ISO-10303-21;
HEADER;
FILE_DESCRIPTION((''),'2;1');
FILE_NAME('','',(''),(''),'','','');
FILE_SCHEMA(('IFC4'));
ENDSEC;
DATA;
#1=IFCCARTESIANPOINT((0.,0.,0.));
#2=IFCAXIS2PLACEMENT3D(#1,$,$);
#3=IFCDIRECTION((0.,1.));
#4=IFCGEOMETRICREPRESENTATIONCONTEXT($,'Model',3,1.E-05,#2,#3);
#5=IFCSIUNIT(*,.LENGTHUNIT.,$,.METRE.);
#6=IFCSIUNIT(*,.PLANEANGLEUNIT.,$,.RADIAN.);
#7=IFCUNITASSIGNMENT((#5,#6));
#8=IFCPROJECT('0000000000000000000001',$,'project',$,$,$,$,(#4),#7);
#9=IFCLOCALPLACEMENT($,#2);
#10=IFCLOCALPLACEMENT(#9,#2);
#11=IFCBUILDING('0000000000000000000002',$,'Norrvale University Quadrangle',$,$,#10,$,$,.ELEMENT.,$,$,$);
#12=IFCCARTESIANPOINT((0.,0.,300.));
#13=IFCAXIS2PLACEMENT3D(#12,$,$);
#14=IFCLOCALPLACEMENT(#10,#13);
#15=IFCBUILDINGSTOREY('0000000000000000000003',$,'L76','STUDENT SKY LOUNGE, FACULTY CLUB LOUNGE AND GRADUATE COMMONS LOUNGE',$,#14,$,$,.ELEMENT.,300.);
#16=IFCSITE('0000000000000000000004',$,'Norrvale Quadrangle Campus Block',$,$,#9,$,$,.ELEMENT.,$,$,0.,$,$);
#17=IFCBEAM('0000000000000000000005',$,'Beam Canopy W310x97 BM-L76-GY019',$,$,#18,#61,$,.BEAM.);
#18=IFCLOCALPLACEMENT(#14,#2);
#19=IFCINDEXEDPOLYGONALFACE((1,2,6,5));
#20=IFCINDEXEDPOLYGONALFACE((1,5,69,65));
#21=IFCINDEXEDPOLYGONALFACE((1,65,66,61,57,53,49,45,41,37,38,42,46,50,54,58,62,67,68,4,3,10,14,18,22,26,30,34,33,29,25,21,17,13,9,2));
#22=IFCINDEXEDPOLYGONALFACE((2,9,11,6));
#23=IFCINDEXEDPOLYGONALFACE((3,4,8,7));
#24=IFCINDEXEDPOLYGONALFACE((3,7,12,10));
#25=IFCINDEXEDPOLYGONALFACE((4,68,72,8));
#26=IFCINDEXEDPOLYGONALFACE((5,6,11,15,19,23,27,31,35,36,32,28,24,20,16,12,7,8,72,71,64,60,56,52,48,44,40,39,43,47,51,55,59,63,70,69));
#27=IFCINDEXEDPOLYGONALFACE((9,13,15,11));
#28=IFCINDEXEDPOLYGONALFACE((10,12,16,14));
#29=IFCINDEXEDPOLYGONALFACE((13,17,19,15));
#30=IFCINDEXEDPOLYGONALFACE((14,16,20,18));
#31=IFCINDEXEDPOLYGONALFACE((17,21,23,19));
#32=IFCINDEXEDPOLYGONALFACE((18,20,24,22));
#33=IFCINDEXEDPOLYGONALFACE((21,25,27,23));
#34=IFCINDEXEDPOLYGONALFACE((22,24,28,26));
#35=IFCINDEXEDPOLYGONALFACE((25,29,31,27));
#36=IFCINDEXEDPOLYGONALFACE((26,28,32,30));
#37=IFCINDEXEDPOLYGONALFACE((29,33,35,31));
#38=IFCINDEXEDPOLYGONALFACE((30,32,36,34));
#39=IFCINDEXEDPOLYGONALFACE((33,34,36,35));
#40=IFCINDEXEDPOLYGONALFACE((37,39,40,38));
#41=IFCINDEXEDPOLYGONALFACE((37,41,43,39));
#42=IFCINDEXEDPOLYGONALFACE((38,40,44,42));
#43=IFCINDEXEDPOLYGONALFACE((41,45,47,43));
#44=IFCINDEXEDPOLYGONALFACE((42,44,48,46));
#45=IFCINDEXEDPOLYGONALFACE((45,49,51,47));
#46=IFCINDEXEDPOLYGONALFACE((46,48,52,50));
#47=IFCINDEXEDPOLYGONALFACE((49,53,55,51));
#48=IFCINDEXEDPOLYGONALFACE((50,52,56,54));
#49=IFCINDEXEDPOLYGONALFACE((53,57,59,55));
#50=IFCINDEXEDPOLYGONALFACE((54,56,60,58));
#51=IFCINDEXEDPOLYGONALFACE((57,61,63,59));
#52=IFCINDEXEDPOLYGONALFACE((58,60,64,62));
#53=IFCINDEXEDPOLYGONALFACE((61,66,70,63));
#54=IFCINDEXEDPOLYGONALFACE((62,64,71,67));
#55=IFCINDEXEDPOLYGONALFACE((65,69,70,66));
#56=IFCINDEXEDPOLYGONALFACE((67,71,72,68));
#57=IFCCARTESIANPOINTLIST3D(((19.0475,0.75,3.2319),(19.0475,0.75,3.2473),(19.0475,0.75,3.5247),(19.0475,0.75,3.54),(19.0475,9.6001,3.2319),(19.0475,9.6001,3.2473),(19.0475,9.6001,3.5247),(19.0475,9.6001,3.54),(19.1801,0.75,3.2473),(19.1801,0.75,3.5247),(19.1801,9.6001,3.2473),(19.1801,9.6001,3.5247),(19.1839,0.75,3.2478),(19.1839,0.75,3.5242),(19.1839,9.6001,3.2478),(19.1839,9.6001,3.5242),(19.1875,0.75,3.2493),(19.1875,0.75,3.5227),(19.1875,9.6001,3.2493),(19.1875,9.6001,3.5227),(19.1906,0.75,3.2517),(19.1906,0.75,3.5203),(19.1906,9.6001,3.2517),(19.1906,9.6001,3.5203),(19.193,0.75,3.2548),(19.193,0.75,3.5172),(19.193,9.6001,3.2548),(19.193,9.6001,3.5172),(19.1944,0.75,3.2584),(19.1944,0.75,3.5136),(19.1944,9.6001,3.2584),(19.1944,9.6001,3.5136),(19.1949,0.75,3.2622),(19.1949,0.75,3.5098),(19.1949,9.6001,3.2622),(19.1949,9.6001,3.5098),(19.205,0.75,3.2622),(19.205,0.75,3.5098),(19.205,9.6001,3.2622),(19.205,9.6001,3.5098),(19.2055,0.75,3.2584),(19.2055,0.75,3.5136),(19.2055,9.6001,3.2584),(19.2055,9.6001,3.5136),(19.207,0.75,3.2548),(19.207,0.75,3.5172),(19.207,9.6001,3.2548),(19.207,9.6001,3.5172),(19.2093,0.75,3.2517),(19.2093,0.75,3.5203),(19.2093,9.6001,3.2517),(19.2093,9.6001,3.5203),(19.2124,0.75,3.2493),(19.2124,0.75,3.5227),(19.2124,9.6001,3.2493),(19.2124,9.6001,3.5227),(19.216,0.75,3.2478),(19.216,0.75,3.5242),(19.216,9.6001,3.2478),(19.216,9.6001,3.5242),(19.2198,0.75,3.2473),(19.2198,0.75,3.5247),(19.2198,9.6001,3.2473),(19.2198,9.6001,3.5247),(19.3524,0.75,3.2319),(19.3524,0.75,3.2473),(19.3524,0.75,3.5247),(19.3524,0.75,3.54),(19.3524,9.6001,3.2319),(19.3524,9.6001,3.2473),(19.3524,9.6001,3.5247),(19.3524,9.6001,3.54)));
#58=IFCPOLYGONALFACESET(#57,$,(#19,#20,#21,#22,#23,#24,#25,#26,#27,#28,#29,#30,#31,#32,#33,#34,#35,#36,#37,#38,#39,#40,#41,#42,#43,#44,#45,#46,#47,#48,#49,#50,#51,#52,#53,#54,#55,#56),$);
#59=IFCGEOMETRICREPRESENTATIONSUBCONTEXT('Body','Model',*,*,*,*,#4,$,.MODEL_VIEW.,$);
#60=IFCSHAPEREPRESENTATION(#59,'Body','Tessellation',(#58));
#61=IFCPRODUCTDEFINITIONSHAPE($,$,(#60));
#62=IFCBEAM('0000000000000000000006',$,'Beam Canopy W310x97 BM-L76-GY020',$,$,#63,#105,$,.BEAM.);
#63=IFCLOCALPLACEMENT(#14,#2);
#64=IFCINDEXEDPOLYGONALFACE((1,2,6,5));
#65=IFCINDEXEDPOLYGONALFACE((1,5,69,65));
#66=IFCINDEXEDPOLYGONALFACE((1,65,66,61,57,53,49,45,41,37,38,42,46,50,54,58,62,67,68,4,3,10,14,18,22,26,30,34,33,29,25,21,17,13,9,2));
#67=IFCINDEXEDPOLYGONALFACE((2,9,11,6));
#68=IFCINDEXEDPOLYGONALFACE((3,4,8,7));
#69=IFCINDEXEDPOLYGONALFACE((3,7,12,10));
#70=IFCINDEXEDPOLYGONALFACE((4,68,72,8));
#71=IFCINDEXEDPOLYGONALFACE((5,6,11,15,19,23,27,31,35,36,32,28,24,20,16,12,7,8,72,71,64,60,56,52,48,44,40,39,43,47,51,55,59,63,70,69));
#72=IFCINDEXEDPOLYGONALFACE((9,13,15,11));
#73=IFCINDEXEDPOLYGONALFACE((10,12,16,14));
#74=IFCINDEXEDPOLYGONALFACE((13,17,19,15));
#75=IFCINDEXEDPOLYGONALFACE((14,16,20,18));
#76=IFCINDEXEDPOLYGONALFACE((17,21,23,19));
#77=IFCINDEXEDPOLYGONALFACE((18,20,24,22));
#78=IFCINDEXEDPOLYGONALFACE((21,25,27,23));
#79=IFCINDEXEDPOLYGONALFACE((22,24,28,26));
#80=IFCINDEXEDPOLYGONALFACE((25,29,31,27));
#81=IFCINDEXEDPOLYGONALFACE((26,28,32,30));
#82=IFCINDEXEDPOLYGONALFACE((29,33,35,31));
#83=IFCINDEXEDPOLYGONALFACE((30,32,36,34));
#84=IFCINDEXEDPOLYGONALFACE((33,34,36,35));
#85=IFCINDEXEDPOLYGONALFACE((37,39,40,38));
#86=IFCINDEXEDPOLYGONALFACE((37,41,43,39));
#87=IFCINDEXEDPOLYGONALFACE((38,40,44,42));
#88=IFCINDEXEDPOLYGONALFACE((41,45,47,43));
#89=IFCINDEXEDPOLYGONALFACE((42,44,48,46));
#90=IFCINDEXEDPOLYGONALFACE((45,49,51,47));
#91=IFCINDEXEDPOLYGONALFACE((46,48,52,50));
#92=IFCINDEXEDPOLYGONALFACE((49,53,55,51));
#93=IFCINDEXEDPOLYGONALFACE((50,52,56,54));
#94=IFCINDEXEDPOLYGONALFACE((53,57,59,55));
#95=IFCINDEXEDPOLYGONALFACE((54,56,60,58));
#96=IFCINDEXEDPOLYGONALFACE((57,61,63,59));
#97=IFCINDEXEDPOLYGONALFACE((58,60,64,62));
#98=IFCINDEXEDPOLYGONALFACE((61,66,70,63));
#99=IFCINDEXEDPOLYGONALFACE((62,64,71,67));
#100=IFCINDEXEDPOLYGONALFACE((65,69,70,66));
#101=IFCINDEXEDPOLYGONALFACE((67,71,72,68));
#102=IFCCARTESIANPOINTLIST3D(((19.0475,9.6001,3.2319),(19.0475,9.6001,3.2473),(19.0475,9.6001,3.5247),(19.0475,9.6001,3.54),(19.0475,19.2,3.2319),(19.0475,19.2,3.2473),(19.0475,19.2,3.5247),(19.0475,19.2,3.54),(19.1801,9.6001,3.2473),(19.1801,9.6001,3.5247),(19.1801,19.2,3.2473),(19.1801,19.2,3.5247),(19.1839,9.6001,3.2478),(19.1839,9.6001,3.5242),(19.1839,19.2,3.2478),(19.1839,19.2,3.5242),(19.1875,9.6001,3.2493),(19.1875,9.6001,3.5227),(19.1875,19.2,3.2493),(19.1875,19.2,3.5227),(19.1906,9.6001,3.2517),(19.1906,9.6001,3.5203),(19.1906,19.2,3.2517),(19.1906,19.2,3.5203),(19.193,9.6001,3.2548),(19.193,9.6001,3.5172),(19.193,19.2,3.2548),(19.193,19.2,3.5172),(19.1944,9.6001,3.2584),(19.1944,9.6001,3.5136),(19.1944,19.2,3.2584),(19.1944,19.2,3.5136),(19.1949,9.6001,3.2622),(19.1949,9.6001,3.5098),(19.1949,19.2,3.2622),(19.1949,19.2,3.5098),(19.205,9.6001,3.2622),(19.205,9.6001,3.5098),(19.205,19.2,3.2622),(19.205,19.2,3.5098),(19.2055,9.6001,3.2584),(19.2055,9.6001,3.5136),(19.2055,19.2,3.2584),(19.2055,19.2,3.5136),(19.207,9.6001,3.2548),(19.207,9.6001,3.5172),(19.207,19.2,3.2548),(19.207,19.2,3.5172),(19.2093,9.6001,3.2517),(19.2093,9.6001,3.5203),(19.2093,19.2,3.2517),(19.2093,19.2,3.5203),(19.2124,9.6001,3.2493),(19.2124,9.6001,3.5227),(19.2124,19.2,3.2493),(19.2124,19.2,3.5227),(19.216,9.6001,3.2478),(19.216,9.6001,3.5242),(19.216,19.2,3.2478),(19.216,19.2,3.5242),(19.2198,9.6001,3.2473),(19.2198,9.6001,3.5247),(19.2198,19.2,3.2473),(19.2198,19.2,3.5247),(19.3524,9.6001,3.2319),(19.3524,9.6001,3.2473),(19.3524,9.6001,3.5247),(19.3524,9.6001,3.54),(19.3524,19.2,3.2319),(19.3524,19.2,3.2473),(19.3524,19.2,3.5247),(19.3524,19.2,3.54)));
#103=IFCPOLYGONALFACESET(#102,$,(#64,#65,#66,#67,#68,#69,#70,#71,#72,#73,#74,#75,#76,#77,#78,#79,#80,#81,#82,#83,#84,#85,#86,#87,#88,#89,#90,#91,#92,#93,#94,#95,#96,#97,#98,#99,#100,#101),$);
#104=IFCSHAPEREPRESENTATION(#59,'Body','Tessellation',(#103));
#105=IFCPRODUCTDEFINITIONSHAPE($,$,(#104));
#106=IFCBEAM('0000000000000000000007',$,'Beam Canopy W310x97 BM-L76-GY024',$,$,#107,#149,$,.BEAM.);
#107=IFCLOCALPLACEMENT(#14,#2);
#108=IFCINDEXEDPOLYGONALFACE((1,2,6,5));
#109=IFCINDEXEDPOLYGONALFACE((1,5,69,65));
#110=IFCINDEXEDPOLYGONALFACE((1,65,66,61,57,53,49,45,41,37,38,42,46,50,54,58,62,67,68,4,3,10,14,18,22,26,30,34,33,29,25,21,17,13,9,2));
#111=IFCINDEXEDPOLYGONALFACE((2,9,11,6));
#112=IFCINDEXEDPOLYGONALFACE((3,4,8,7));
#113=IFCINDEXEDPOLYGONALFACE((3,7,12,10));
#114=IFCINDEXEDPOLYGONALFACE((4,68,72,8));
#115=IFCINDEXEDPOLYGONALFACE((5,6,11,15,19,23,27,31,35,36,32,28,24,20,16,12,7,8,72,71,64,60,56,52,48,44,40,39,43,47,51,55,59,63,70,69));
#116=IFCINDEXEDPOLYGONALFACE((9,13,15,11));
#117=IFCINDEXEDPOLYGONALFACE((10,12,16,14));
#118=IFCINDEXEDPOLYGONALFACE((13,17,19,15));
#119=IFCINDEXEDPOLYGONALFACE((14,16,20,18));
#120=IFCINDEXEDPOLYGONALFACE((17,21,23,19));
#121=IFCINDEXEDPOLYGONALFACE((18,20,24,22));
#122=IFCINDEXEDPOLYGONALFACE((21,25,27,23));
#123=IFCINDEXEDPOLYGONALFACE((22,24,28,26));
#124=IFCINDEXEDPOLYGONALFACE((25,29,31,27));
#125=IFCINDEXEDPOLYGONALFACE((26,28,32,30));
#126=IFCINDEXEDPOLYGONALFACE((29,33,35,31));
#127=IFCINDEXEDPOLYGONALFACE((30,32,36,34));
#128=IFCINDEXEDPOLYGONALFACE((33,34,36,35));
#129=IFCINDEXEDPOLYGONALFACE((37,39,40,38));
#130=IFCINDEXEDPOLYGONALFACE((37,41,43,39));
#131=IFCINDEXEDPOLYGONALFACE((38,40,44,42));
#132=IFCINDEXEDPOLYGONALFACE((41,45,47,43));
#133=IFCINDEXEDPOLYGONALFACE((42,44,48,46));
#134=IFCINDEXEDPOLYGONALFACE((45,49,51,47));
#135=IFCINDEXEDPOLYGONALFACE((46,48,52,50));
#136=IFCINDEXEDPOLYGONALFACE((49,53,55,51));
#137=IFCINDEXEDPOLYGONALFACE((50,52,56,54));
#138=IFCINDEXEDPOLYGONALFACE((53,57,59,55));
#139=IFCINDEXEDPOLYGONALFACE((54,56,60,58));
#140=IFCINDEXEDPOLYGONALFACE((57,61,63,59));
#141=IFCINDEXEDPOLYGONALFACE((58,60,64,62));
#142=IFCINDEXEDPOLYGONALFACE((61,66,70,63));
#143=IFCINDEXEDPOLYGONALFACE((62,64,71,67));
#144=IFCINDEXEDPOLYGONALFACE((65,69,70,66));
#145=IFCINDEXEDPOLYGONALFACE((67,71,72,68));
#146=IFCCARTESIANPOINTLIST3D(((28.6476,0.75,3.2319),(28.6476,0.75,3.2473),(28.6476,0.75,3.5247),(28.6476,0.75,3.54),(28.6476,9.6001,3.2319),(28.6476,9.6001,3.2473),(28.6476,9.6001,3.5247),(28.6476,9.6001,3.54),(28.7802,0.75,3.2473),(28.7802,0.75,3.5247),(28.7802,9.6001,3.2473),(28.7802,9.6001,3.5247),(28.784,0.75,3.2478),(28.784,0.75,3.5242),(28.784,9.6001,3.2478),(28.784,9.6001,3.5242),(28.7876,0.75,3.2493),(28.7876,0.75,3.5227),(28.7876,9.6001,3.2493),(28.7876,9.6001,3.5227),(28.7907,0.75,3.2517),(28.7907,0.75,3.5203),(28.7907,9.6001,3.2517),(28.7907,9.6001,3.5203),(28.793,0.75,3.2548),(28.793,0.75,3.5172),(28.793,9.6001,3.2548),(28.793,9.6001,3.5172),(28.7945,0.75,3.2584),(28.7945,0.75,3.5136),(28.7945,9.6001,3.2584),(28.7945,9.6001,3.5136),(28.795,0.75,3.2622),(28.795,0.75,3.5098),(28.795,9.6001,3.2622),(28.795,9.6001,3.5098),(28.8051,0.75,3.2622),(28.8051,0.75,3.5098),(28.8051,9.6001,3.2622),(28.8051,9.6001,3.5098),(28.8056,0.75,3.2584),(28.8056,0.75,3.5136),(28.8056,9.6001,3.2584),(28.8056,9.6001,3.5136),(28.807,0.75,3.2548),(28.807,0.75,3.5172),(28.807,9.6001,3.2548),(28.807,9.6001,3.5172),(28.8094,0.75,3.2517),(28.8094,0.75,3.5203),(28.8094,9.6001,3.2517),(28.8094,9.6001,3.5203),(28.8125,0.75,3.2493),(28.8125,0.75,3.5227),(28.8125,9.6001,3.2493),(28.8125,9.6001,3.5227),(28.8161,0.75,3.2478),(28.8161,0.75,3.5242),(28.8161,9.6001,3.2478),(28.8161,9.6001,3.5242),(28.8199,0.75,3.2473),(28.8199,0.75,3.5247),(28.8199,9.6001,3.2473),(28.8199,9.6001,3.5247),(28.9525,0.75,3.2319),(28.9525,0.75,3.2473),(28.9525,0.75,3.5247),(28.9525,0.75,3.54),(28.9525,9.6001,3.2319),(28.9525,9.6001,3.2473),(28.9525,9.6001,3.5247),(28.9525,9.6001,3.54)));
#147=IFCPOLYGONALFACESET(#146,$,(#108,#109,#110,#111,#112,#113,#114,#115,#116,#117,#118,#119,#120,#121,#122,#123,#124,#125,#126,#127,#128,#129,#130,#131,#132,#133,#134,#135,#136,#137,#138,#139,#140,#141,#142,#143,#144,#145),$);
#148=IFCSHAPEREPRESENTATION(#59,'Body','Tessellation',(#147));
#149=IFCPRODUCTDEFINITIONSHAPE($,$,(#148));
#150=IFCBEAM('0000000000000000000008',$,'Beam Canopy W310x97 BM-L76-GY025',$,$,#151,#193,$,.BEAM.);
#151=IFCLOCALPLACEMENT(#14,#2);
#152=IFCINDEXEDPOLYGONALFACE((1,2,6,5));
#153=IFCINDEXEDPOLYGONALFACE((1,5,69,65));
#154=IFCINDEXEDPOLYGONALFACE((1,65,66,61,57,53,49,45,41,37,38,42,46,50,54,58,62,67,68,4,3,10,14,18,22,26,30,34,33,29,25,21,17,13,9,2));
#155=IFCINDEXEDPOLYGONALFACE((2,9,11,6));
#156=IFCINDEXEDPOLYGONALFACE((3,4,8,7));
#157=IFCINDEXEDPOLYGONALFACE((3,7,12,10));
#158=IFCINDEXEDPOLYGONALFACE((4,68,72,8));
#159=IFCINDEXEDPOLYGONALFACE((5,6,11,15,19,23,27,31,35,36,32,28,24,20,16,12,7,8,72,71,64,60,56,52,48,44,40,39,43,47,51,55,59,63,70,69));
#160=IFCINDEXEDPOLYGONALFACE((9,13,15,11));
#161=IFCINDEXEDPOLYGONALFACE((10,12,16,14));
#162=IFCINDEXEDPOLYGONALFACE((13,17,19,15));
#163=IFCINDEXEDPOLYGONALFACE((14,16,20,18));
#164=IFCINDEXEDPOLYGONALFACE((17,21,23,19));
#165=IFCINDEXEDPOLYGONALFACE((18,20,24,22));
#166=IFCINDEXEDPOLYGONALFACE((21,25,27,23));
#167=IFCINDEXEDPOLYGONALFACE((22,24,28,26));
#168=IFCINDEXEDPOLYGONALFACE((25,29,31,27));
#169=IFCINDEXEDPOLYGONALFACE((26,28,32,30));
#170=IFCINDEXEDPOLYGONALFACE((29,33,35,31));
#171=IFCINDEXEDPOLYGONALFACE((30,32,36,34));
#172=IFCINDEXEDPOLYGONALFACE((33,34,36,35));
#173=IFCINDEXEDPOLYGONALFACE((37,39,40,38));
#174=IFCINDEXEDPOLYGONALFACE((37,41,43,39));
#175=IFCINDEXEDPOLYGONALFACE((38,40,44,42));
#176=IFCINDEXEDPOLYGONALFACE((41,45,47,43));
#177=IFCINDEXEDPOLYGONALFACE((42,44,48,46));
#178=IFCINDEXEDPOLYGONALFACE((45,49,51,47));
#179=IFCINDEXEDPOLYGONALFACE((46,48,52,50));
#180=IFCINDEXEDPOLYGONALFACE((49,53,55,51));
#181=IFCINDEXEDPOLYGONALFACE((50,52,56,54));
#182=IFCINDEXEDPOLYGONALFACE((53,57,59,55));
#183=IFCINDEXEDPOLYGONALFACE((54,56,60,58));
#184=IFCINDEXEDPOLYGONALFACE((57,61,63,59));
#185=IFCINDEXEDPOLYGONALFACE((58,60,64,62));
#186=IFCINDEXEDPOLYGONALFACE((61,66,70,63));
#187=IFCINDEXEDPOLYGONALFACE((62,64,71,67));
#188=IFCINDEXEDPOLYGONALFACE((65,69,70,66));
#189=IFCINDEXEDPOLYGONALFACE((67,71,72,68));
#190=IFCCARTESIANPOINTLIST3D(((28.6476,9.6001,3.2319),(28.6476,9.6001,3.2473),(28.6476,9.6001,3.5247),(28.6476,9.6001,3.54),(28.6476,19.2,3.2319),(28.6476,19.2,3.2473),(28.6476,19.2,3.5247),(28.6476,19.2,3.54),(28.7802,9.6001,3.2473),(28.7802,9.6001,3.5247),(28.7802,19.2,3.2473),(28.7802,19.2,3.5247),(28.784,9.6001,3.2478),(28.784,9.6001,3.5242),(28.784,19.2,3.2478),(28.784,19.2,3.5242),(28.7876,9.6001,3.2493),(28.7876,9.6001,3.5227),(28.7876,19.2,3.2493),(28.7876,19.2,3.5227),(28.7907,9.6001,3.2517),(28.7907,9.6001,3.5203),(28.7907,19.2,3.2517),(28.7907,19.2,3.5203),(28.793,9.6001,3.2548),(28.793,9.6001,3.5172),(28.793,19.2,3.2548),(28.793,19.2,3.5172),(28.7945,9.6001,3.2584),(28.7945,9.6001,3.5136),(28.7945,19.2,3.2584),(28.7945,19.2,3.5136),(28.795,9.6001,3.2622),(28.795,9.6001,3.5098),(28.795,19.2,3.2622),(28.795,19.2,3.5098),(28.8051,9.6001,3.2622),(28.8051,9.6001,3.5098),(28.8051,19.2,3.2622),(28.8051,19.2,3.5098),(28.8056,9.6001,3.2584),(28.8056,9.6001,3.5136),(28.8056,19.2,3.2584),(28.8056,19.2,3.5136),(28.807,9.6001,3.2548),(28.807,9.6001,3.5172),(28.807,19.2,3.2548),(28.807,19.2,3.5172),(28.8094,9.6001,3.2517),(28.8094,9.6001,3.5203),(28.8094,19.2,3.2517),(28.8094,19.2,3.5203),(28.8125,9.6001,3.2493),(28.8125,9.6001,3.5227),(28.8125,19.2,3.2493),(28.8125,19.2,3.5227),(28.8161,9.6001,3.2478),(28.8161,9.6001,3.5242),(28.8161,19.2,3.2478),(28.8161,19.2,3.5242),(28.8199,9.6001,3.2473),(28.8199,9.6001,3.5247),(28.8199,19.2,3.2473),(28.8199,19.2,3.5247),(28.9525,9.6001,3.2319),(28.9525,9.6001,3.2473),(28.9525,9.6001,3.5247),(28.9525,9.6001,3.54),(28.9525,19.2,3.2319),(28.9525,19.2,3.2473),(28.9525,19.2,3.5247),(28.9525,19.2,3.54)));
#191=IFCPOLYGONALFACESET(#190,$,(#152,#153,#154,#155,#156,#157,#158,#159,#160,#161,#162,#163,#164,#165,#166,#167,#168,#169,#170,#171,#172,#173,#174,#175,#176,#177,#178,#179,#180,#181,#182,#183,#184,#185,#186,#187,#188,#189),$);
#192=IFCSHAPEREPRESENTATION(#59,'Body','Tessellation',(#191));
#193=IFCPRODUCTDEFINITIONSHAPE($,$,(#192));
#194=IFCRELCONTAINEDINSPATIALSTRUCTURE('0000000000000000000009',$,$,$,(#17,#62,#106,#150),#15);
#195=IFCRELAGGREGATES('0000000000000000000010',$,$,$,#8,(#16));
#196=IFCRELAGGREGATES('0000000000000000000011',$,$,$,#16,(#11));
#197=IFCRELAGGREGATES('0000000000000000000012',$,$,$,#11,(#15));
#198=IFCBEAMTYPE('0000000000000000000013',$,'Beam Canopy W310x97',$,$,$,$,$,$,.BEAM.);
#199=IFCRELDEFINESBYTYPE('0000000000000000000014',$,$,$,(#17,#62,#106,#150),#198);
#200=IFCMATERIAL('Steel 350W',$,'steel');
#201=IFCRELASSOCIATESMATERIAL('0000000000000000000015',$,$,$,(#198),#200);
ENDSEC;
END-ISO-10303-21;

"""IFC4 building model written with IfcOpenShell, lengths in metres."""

from ifc_helpers import new_model, si_unit, direction, frame, origin, origin_2d, place, context, subcontext, project, spatial, i_section, extrude, material, material_profile, profile_set, type_object, element, save


model = new_model("IFC4")

# Units and contexts
model_context = context("Model", 3, precision=1e-05, world=origin(), true_north=direction((0.0, 1.0)))
body_context = subcontext(model_context, "Body", "Model", "MODEL_VIEW")
ifc_project = project(units=[si_unit("LENGTHUNIT", "METRE"), si_unit("PLANEANGLEUNIT", "RADIAN")], contexts=[model_context])

# Site, building, storey
site_placement = place(None, origin())
site = spatial("IfcSite", under=ifc_project, at=site_placement, Name="Norrvale Quadrangle Campus Block", CompositionType="ELEMENT", RefElevation=0.0)
building_placement = place(site_placement, origin())
building = spatial("IfcBuilding", under=site, at=building_placement, Name="Norrvale University Quadrangle", CompositionType="ELEMENT")
storey_placement = place(building_placement, frame((0.0, 0.0, 300.0)))
storey = spatial("IfcBuildingStorey", under=building, at=storey_placement, Name="L76", Description="STUDENT SKY LOUNGE, FACULTY CLUB LOUNGE AND GRADUATE COMMONS LOUNGE", CompositionType="ELEMENT", Elevation=300.0)

# Beams
ifc_material_1 = material(Name="Steel 350W", Category="steel")
ifc_material_profile_1 = material_profile(ifc_material_1, i_section(OverallWidth=0.3049, OverallDepth=0.3081, WebThickness=0.01, FlangeThickness=0.0154, FilletRadius=0.0149, at=origin_2d()), Name="Steel 350W")
ifc_profile_set_1 = profile_set([ifc_material_profile_1], Name="Steel 350W")
beam_type_1 = type_object("IfcBeamType", Name="Beam Canopy W310x97", PredefinedType="BEAM", material=ifc_profile_set_1)
beam_1_placement = place(storey_placement, frame((19.2, 0.75, 3.386), z_axis=(0.0, 1.0, 0.0), x_axis=(-1.0, 0.0, 0.0)))
element("IfcBeam", 1, at=beam_1_placement, inside=storey, type_object=beam_type_1, Name="Beam Canopy W310x97 BM-L76-GY019", PredefinedType="BEAM", context=body_context, shape_type="SweptSolid", body=[
    extrude(i_section(OverallWidth=0.3049, OverallDepth=0.3081, WebThickness=0.01, FlangeThickness=0.0154, FilletRadius=0.0149, at=origin_2d()), origin(), (0.0, 0.0, 1.0), 8.8501),
])
beam_2_placement = place(storey_placement, frame((19.2, 9.6001, 3.386), z_axis=(0.0, 1.0, 0.0), x_axis=(-1.0, 0.0, 0.0)))
element("IfcBeam", 2, at=beam_2_placement, inside=storey, type_object=beam_type_1, Name="Beam Canopy W310x97 BM-L76-GY020", PredefinedType="BEAM", context=body_context, shape_type="SweptSolid", body=[
    extrude(i_section(OverallWidth=0.3049, OverallDepth=0.3081, WebThickness=0.01, FlangeThickness=0.0154, FilletRadius=0.0149, at=origin_2d()), origin(), (0.0, 0.0, 1.0), 9.5999),
])
beam_3_placement = place(storey_placement, frame((28.8, 0.75, 3.386), z_axis=(0.0, 1.0, 0.0), x_axis=(-1.0, 0.0, 0.0)))
element("IfcBeam", 3, at=beam_3_placement, inside=storey, type_object=beam_type_1, Name="Beam Canopy W310x97 BM-L76-GY024", PredefinedType="BEAM", context=body_context, shape_type="SweptSolid", body=[
    extrude(i_section(OverallWidth=0.3049, OverallDepth=0.3081, WebThickness=0.01, FlangeThickness=0.0154, FilletRadius=0.0149, at=origin_2d()), origin(), (0.0, 0.0, 1.0), 8.8501),
])
beam_4_placement = place(storey_placement, frame((28.8, 9.6001, 3.386), z_axis=(0.0, 1.0, 0.0), x_axis=(-1.0, 0.0, 0.0)))
element("IfcBeam", 4, at=beam_4_placement, inside=storey, type_object=beam_type_1, Name="Beam Canopy W310x97 BM-L76-GY025", PredefinedType="BEAM", context=body_context, shape_type="SweptSolid", body=[
    extrude(i_section(OverallWidth=0.3049, OverallDepth=0.3081, WebThickness=0.01, FlangeThickness=0.0154, FilletRadius=0.0149, at=origin_2d()), origin(), (0.0, 0.0, 1.0), 9.5999),
])

save(model, "model.ifc")
